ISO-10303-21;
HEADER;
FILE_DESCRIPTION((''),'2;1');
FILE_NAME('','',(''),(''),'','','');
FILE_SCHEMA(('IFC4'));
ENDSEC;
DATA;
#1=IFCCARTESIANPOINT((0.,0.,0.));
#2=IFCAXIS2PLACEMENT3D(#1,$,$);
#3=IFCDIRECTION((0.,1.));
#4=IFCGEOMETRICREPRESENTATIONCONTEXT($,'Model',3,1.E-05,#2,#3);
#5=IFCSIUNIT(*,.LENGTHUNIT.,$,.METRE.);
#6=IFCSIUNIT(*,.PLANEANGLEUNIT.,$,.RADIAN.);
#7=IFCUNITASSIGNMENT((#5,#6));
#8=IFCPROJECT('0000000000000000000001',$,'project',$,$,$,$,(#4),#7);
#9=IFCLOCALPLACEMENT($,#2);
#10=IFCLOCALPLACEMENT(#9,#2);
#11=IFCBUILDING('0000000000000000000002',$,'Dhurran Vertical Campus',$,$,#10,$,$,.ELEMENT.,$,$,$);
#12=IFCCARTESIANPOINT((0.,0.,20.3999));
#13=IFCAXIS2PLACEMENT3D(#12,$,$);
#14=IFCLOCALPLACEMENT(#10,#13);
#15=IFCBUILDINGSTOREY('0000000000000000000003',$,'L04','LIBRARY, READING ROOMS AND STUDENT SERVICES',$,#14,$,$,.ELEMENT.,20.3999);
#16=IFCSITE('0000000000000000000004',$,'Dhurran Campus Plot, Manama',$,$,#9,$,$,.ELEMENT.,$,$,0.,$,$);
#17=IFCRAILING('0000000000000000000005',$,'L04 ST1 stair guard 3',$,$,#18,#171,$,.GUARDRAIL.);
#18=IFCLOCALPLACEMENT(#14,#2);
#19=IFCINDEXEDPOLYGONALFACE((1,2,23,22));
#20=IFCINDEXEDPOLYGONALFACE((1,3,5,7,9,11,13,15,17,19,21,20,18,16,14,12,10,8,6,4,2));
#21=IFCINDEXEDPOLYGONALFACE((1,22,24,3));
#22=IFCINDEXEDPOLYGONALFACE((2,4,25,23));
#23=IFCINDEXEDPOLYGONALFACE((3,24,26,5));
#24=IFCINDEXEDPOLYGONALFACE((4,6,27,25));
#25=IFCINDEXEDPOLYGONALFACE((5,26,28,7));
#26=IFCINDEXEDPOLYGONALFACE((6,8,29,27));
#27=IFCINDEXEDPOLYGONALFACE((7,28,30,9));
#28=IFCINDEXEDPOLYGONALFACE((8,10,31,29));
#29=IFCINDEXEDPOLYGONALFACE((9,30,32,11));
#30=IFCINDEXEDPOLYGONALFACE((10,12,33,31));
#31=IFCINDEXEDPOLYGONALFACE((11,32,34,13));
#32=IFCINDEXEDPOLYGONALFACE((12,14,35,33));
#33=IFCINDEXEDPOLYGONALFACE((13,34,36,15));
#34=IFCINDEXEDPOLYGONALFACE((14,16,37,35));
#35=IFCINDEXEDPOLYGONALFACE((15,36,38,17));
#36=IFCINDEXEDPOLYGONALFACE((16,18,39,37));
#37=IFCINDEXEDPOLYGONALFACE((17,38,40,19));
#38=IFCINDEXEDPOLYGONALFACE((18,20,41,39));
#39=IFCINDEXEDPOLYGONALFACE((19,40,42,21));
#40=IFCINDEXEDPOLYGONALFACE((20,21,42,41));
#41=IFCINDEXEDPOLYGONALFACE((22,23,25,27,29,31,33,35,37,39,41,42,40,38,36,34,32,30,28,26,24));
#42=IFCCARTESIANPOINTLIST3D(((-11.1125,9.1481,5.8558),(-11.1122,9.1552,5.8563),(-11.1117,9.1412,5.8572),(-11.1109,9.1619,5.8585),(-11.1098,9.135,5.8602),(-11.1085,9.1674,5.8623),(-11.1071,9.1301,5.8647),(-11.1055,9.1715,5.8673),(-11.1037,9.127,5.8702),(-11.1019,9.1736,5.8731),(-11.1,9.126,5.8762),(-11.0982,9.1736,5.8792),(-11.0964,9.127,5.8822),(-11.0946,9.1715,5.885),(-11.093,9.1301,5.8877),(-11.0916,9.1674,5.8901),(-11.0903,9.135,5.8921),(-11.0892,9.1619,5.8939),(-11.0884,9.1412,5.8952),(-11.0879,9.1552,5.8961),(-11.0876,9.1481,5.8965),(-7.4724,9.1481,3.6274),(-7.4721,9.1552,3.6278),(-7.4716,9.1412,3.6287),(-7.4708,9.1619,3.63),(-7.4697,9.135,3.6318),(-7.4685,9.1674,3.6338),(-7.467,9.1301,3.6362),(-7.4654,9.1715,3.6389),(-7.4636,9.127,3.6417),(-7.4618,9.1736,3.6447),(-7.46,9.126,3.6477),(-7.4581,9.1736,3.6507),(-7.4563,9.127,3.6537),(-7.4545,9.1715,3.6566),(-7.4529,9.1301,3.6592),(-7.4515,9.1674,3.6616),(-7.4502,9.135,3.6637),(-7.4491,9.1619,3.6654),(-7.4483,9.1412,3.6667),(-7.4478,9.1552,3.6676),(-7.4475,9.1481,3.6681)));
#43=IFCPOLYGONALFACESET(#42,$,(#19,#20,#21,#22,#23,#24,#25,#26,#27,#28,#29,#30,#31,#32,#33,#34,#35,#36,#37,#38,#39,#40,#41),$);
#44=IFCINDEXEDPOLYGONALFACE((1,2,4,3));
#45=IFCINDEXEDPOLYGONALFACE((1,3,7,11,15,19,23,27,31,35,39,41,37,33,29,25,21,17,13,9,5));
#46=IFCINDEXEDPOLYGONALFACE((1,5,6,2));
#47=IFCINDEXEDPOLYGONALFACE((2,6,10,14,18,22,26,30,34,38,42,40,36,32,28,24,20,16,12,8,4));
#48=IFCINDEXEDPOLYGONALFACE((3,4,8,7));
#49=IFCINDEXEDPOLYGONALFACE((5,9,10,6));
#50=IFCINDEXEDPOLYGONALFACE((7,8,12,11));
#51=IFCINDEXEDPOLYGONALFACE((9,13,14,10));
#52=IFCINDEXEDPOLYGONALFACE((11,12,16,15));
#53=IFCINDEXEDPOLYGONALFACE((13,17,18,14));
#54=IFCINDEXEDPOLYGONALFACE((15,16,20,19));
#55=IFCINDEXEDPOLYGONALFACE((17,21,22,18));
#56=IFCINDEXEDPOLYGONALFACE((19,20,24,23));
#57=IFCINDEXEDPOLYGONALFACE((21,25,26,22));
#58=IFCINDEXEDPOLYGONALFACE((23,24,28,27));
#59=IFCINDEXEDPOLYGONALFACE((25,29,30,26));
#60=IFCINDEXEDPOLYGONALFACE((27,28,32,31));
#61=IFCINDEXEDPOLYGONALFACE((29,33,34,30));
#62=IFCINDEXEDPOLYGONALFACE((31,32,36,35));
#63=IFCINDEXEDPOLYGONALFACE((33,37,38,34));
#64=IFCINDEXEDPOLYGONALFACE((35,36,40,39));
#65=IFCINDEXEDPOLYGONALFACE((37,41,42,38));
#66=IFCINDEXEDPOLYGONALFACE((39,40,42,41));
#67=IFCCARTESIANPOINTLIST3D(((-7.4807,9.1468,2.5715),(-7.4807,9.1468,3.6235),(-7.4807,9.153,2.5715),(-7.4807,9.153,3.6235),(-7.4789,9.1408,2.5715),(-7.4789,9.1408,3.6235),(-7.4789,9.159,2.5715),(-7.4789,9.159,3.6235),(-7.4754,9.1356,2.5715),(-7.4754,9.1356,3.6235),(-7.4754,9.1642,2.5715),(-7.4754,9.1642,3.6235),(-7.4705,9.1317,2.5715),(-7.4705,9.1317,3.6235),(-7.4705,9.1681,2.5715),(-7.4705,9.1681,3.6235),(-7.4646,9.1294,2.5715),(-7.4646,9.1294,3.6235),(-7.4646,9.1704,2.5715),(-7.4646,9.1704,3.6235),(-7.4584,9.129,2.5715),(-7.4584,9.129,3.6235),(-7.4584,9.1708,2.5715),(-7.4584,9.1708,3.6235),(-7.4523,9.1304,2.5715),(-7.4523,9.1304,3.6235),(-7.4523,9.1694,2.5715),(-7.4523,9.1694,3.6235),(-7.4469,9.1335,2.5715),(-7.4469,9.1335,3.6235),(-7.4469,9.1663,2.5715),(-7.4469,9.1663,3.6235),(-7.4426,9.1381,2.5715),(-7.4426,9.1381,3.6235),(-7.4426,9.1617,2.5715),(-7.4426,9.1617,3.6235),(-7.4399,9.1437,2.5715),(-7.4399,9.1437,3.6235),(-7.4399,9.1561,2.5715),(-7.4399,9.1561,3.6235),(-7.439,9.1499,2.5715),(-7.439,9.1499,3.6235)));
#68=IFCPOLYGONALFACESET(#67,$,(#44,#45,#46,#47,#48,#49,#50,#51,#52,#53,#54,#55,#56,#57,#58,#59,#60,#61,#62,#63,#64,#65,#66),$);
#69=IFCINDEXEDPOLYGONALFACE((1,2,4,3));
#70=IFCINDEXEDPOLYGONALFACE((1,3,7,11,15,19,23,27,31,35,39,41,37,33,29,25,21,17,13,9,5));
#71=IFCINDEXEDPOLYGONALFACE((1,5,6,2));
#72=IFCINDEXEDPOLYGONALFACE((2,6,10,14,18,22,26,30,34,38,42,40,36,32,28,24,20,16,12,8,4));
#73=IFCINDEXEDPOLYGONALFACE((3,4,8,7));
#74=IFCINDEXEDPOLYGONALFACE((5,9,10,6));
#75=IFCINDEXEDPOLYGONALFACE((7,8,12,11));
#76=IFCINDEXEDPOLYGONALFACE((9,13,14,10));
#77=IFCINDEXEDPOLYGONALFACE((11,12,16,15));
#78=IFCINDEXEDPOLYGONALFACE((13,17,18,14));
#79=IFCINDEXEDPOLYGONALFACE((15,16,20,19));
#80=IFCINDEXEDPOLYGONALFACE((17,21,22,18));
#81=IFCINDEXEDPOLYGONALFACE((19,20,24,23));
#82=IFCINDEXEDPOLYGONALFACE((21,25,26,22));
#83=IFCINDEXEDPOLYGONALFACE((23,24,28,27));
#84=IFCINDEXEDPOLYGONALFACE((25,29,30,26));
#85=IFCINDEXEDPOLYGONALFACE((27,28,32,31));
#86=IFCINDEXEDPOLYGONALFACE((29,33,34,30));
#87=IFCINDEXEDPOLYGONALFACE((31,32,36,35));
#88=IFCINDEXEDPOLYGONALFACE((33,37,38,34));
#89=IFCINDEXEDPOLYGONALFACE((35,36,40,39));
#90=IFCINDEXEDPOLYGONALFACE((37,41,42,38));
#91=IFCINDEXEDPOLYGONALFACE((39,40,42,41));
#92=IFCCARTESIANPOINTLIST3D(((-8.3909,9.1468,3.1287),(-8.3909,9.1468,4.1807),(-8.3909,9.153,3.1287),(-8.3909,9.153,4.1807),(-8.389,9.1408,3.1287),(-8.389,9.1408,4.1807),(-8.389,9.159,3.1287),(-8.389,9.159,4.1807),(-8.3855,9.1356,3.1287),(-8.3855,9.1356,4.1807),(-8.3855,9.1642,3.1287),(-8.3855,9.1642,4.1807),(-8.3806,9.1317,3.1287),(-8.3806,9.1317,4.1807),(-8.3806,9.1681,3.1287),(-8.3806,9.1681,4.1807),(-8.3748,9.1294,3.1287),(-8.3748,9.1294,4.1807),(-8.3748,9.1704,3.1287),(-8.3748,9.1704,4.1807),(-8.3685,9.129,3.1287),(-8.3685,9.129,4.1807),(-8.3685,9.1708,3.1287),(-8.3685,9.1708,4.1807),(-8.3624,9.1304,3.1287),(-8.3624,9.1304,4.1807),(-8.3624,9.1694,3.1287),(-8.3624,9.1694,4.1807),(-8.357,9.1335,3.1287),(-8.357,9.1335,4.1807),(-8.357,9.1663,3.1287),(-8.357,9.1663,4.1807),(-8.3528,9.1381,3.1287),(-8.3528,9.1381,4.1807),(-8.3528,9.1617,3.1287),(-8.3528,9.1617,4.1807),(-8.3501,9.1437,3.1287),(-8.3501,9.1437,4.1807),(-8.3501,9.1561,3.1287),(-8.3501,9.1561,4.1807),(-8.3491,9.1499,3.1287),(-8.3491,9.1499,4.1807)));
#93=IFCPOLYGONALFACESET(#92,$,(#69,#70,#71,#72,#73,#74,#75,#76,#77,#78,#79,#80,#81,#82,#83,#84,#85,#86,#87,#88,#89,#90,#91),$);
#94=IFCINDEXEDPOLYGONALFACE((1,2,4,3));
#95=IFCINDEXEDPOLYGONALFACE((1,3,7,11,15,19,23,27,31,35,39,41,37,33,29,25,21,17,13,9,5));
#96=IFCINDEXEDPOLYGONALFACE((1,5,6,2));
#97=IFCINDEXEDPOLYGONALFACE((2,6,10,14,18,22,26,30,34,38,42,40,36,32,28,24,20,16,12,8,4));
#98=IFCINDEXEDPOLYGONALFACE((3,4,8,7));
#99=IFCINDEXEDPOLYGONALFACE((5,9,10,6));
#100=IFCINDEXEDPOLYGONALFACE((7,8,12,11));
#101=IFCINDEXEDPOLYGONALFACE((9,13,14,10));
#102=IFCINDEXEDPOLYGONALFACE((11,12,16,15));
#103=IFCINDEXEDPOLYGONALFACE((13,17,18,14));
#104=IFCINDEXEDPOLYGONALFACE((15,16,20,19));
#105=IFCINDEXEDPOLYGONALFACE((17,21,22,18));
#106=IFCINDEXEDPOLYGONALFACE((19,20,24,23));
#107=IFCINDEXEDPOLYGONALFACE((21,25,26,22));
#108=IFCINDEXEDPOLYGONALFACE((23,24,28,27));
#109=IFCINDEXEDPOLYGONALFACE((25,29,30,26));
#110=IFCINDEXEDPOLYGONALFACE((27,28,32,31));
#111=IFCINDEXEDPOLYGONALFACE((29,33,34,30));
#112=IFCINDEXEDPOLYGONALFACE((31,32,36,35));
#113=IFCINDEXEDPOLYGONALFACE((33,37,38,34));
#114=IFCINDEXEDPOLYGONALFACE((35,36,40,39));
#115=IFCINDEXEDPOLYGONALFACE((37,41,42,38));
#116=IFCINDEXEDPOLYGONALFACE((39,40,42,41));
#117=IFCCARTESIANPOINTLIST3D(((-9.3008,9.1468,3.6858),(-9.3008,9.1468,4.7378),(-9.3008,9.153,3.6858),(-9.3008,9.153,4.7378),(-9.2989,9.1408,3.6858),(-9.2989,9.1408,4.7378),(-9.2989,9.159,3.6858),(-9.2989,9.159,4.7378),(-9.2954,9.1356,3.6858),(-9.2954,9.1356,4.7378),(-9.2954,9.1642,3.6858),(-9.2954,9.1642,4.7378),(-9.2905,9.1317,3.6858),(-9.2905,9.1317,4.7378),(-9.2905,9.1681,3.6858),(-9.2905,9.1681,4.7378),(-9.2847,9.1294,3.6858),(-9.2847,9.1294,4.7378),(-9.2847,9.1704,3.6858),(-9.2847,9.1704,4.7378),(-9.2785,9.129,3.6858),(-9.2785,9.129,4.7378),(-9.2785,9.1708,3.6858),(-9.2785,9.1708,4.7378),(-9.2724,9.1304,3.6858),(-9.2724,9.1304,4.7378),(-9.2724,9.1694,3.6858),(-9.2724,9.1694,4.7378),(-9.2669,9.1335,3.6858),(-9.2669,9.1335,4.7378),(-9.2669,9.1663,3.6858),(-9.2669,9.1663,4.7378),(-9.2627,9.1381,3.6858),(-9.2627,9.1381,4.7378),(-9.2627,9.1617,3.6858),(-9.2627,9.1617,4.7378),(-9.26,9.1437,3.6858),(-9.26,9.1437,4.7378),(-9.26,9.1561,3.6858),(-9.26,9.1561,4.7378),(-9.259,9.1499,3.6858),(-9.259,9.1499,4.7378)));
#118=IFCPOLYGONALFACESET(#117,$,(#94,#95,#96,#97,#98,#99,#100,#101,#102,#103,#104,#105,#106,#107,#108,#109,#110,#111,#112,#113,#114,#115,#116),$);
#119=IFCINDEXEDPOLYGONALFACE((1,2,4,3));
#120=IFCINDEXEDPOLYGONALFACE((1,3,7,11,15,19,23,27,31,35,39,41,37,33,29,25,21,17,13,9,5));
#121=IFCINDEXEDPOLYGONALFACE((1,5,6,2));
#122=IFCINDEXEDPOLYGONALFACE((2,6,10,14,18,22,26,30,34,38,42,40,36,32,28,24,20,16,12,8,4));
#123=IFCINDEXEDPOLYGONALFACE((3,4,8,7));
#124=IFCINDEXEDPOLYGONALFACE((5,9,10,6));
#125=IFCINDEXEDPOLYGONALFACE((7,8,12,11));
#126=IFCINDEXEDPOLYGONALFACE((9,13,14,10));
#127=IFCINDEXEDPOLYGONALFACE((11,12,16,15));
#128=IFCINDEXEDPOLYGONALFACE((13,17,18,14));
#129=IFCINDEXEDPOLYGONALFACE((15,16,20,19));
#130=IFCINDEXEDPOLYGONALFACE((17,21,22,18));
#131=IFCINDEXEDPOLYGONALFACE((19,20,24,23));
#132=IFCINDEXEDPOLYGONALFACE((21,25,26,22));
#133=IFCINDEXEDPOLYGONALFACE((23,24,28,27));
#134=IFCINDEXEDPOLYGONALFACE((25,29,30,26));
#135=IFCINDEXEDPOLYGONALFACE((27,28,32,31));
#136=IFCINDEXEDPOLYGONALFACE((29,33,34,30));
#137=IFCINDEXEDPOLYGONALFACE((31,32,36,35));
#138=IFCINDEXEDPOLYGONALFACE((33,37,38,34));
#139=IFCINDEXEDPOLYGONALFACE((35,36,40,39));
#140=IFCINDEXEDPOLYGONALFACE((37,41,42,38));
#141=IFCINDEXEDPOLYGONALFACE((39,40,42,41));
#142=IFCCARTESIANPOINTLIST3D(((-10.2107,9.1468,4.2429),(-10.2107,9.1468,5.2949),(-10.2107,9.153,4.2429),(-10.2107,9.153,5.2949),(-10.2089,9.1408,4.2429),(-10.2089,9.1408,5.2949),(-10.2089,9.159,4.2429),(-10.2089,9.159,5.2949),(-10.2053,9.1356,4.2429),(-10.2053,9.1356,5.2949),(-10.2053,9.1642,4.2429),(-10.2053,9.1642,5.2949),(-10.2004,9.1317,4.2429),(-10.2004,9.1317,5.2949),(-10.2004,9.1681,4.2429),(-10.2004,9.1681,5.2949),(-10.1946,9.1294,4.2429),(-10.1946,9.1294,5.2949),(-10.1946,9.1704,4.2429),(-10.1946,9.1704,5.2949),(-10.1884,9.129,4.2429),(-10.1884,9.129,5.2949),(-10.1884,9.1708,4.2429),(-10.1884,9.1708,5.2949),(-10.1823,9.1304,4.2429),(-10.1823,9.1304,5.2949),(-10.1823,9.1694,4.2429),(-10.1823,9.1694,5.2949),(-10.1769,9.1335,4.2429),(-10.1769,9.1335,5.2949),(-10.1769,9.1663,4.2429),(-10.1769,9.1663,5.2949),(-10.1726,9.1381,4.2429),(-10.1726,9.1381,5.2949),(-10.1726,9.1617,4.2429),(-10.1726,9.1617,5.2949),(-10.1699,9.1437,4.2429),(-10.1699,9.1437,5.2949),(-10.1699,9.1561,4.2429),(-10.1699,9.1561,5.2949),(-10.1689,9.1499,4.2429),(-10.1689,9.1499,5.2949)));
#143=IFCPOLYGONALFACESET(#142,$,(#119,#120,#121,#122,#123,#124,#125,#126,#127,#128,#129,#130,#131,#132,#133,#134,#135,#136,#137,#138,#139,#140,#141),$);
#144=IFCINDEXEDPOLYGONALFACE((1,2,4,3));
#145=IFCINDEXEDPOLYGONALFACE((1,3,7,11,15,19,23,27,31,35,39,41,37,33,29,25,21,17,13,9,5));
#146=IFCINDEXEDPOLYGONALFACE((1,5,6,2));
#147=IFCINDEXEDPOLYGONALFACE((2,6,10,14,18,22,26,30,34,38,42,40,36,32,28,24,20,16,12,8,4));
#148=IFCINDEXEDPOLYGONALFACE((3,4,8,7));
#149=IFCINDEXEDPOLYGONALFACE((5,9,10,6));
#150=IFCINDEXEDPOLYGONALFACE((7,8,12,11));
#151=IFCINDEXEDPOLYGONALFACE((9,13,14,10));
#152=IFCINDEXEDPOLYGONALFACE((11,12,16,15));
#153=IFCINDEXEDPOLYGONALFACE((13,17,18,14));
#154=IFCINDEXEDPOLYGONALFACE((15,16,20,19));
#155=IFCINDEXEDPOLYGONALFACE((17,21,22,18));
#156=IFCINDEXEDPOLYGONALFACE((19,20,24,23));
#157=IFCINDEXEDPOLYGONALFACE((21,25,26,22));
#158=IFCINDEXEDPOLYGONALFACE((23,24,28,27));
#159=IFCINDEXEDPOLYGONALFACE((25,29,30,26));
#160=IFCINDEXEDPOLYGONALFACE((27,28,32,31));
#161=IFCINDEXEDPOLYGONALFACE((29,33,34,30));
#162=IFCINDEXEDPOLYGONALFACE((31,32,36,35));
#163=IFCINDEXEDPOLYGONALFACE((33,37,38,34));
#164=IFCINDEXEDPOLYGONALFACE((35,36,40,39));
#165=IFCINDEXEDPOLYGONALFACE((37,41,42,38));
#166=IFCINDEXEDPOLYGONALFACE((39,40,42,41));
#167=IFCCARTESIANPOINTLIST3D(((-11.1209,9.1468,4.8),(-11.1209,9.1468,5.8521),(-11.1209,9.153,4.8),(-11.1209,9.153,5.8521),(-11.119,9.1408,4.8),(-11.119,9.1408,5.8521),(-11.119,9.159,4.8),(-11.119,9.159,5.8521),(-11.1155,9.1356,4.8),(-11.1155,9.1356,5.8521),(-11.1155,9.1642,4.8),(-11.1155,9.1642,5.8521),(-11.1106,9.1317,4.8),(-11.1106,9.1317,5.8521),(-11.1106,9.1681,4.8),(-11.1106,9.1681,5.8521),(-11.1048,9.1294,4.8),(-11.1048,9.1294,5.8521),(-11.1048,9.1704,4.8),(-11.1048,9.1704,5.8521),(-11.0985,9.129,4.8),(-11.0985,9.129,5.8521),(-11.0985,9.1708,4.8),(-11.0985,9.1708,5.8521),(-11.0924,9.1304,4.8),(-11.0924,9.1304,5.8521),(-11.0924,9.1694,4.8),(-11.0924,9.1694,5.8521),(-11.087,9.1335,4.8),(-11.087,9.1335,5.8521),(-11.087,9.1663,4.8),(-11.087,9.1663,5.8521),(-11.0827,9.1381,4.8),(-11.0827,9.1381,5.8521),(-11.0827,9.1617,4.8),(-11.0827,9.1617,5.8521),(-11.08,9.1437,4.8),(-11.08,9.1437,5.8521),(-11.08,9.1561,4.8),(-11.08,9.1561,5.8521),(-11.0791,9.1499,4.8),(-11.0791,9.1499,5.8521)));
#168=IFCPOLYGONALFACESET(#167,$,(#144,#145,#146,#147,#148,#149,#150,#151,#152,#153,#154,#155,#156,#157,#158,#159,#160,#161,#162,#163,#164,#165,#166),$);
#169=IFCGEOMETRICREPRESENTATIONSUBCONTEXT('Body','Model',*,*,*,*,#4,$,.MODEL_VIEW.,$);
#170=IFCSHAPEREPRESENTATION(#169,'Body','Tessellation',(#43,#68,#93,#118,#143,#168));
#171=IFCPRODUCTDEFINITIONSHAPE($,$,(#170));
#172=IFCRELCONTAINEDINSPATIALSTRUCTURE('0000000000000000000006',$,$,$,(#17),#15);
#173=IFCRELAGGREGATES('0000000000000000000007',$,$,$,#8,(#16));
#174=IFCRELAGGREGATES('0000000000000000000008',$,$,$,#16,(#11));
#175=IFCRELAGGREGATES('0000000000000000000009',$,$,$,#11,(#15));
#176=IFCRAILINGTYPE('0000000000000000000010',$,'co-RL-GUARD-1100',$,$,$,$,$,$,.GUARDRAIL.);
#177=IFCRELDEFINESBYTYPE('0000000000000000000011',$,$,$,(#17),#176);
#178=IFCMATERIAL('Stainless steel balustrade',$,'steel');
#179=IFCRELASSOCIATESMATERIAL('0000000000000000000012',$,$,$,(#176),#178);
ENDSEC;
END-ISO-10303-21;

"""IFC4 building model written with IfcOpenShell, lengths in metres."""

from ifc_helpers import new_model, si_unit, direction, frame, origin, origin_2d, place, context, subcontext, project, spatial, circle, extrude, material, type_object, element, save


model = new_model("IFC4")

# Units and contexts
model_context = context("Model", 3, precision=1e-05, world=origin(), true_north=direction((0.0, 1.0)))
body_context = subcontext(model_context, "Body", "Model", "MODEL_VIEW")
ifc_project = project(units=[si_unit("LENGTHUNIT", "METRE"), si_unit("PLANEANGLEUNIT", "RADIAN")], contexts=[model_context])

# Site, building, storey
site_placement = place(None, origin())
site = spatial("IfcSite", under=ifc_project, at=site_placement, Name="Dhurran Campus Plot, Manama", CompositionType="ELEMENT", RefElevation=0.0)
building_placement = place(site_placement, origin())
building = spatial("IfcBuilding", under=site, at=building_placement, Name="Dhurran Vertical Campus", CompositionType="ELEMENT")
storey_placement = place(building_placement, frame((0.0, 0.0, 20.3999)))
storey = spatial("IfcBuildingStorey", under=building, at=storey_placement, Name="L04", Description="LIBRARY, READING ROOMS AND STUDENT SERVICES", CompositionType="ELEMENT", Elevation=20.3999)

# Railing
ifc_material_1 = material(Name="Stainless steel balustrade", Category="steel")
railing_type_1 = type_object("IfcRailingType", Name="co-RL-GUARD-1100", PredefinedType="GUARDRAIL", material=ifc_material_1)
railing_1_placement = place(storey_placement, frame((-7.46, 9.1499, 2.5715)))
element("IfcRailing", 1, at=railing_1_placement, inside=storey, type_object=railing_type_1, Name="L04 ST1 stair guard 3", PredefinedType="GUARDRAIL", context=body_context, shape_type="SweptSolid", body=[
    extrude(circle(Radius=0.0239, at=origin_2d()), frame((0.0, 0.0, 1.0762), z_axis=(-0.852866, 0.0, 0.52213), x_axis=(0.0, -1.0, 0.0)), (0.0, 0.0, 1.0), 4.2681),
    extrude(circle(Radius=0.021, at=origin_2d()), origin(), (0.0, 0.0, 1.0), 1.052),
    extrude(circle(Radius=0.021, at=origin_2d()), frame((-0.9102, 0.0, 0.5571)), (0.0, 0.0, 1.0), 1.052),
    extrude(circle(Radius=0.021, at=origin_2d()), frame((-1.8201, 0.0, 1.1143)), (0.0, 0.0, 1.0), 1.052),
    extrude(circle(Radius=0.021, at=origin_2d()), frame((-2.73, 0.0, 1.6714)), (0.0, 0.0, 1.0), 1.052),
    extrude(circle(Radius=0.021, at=origin_2d()), frame((-3.6401, 0.0, 2.2285)), (0.0, 0.0, 1.0), 1.052),
])

save(model, "model.ifc")
